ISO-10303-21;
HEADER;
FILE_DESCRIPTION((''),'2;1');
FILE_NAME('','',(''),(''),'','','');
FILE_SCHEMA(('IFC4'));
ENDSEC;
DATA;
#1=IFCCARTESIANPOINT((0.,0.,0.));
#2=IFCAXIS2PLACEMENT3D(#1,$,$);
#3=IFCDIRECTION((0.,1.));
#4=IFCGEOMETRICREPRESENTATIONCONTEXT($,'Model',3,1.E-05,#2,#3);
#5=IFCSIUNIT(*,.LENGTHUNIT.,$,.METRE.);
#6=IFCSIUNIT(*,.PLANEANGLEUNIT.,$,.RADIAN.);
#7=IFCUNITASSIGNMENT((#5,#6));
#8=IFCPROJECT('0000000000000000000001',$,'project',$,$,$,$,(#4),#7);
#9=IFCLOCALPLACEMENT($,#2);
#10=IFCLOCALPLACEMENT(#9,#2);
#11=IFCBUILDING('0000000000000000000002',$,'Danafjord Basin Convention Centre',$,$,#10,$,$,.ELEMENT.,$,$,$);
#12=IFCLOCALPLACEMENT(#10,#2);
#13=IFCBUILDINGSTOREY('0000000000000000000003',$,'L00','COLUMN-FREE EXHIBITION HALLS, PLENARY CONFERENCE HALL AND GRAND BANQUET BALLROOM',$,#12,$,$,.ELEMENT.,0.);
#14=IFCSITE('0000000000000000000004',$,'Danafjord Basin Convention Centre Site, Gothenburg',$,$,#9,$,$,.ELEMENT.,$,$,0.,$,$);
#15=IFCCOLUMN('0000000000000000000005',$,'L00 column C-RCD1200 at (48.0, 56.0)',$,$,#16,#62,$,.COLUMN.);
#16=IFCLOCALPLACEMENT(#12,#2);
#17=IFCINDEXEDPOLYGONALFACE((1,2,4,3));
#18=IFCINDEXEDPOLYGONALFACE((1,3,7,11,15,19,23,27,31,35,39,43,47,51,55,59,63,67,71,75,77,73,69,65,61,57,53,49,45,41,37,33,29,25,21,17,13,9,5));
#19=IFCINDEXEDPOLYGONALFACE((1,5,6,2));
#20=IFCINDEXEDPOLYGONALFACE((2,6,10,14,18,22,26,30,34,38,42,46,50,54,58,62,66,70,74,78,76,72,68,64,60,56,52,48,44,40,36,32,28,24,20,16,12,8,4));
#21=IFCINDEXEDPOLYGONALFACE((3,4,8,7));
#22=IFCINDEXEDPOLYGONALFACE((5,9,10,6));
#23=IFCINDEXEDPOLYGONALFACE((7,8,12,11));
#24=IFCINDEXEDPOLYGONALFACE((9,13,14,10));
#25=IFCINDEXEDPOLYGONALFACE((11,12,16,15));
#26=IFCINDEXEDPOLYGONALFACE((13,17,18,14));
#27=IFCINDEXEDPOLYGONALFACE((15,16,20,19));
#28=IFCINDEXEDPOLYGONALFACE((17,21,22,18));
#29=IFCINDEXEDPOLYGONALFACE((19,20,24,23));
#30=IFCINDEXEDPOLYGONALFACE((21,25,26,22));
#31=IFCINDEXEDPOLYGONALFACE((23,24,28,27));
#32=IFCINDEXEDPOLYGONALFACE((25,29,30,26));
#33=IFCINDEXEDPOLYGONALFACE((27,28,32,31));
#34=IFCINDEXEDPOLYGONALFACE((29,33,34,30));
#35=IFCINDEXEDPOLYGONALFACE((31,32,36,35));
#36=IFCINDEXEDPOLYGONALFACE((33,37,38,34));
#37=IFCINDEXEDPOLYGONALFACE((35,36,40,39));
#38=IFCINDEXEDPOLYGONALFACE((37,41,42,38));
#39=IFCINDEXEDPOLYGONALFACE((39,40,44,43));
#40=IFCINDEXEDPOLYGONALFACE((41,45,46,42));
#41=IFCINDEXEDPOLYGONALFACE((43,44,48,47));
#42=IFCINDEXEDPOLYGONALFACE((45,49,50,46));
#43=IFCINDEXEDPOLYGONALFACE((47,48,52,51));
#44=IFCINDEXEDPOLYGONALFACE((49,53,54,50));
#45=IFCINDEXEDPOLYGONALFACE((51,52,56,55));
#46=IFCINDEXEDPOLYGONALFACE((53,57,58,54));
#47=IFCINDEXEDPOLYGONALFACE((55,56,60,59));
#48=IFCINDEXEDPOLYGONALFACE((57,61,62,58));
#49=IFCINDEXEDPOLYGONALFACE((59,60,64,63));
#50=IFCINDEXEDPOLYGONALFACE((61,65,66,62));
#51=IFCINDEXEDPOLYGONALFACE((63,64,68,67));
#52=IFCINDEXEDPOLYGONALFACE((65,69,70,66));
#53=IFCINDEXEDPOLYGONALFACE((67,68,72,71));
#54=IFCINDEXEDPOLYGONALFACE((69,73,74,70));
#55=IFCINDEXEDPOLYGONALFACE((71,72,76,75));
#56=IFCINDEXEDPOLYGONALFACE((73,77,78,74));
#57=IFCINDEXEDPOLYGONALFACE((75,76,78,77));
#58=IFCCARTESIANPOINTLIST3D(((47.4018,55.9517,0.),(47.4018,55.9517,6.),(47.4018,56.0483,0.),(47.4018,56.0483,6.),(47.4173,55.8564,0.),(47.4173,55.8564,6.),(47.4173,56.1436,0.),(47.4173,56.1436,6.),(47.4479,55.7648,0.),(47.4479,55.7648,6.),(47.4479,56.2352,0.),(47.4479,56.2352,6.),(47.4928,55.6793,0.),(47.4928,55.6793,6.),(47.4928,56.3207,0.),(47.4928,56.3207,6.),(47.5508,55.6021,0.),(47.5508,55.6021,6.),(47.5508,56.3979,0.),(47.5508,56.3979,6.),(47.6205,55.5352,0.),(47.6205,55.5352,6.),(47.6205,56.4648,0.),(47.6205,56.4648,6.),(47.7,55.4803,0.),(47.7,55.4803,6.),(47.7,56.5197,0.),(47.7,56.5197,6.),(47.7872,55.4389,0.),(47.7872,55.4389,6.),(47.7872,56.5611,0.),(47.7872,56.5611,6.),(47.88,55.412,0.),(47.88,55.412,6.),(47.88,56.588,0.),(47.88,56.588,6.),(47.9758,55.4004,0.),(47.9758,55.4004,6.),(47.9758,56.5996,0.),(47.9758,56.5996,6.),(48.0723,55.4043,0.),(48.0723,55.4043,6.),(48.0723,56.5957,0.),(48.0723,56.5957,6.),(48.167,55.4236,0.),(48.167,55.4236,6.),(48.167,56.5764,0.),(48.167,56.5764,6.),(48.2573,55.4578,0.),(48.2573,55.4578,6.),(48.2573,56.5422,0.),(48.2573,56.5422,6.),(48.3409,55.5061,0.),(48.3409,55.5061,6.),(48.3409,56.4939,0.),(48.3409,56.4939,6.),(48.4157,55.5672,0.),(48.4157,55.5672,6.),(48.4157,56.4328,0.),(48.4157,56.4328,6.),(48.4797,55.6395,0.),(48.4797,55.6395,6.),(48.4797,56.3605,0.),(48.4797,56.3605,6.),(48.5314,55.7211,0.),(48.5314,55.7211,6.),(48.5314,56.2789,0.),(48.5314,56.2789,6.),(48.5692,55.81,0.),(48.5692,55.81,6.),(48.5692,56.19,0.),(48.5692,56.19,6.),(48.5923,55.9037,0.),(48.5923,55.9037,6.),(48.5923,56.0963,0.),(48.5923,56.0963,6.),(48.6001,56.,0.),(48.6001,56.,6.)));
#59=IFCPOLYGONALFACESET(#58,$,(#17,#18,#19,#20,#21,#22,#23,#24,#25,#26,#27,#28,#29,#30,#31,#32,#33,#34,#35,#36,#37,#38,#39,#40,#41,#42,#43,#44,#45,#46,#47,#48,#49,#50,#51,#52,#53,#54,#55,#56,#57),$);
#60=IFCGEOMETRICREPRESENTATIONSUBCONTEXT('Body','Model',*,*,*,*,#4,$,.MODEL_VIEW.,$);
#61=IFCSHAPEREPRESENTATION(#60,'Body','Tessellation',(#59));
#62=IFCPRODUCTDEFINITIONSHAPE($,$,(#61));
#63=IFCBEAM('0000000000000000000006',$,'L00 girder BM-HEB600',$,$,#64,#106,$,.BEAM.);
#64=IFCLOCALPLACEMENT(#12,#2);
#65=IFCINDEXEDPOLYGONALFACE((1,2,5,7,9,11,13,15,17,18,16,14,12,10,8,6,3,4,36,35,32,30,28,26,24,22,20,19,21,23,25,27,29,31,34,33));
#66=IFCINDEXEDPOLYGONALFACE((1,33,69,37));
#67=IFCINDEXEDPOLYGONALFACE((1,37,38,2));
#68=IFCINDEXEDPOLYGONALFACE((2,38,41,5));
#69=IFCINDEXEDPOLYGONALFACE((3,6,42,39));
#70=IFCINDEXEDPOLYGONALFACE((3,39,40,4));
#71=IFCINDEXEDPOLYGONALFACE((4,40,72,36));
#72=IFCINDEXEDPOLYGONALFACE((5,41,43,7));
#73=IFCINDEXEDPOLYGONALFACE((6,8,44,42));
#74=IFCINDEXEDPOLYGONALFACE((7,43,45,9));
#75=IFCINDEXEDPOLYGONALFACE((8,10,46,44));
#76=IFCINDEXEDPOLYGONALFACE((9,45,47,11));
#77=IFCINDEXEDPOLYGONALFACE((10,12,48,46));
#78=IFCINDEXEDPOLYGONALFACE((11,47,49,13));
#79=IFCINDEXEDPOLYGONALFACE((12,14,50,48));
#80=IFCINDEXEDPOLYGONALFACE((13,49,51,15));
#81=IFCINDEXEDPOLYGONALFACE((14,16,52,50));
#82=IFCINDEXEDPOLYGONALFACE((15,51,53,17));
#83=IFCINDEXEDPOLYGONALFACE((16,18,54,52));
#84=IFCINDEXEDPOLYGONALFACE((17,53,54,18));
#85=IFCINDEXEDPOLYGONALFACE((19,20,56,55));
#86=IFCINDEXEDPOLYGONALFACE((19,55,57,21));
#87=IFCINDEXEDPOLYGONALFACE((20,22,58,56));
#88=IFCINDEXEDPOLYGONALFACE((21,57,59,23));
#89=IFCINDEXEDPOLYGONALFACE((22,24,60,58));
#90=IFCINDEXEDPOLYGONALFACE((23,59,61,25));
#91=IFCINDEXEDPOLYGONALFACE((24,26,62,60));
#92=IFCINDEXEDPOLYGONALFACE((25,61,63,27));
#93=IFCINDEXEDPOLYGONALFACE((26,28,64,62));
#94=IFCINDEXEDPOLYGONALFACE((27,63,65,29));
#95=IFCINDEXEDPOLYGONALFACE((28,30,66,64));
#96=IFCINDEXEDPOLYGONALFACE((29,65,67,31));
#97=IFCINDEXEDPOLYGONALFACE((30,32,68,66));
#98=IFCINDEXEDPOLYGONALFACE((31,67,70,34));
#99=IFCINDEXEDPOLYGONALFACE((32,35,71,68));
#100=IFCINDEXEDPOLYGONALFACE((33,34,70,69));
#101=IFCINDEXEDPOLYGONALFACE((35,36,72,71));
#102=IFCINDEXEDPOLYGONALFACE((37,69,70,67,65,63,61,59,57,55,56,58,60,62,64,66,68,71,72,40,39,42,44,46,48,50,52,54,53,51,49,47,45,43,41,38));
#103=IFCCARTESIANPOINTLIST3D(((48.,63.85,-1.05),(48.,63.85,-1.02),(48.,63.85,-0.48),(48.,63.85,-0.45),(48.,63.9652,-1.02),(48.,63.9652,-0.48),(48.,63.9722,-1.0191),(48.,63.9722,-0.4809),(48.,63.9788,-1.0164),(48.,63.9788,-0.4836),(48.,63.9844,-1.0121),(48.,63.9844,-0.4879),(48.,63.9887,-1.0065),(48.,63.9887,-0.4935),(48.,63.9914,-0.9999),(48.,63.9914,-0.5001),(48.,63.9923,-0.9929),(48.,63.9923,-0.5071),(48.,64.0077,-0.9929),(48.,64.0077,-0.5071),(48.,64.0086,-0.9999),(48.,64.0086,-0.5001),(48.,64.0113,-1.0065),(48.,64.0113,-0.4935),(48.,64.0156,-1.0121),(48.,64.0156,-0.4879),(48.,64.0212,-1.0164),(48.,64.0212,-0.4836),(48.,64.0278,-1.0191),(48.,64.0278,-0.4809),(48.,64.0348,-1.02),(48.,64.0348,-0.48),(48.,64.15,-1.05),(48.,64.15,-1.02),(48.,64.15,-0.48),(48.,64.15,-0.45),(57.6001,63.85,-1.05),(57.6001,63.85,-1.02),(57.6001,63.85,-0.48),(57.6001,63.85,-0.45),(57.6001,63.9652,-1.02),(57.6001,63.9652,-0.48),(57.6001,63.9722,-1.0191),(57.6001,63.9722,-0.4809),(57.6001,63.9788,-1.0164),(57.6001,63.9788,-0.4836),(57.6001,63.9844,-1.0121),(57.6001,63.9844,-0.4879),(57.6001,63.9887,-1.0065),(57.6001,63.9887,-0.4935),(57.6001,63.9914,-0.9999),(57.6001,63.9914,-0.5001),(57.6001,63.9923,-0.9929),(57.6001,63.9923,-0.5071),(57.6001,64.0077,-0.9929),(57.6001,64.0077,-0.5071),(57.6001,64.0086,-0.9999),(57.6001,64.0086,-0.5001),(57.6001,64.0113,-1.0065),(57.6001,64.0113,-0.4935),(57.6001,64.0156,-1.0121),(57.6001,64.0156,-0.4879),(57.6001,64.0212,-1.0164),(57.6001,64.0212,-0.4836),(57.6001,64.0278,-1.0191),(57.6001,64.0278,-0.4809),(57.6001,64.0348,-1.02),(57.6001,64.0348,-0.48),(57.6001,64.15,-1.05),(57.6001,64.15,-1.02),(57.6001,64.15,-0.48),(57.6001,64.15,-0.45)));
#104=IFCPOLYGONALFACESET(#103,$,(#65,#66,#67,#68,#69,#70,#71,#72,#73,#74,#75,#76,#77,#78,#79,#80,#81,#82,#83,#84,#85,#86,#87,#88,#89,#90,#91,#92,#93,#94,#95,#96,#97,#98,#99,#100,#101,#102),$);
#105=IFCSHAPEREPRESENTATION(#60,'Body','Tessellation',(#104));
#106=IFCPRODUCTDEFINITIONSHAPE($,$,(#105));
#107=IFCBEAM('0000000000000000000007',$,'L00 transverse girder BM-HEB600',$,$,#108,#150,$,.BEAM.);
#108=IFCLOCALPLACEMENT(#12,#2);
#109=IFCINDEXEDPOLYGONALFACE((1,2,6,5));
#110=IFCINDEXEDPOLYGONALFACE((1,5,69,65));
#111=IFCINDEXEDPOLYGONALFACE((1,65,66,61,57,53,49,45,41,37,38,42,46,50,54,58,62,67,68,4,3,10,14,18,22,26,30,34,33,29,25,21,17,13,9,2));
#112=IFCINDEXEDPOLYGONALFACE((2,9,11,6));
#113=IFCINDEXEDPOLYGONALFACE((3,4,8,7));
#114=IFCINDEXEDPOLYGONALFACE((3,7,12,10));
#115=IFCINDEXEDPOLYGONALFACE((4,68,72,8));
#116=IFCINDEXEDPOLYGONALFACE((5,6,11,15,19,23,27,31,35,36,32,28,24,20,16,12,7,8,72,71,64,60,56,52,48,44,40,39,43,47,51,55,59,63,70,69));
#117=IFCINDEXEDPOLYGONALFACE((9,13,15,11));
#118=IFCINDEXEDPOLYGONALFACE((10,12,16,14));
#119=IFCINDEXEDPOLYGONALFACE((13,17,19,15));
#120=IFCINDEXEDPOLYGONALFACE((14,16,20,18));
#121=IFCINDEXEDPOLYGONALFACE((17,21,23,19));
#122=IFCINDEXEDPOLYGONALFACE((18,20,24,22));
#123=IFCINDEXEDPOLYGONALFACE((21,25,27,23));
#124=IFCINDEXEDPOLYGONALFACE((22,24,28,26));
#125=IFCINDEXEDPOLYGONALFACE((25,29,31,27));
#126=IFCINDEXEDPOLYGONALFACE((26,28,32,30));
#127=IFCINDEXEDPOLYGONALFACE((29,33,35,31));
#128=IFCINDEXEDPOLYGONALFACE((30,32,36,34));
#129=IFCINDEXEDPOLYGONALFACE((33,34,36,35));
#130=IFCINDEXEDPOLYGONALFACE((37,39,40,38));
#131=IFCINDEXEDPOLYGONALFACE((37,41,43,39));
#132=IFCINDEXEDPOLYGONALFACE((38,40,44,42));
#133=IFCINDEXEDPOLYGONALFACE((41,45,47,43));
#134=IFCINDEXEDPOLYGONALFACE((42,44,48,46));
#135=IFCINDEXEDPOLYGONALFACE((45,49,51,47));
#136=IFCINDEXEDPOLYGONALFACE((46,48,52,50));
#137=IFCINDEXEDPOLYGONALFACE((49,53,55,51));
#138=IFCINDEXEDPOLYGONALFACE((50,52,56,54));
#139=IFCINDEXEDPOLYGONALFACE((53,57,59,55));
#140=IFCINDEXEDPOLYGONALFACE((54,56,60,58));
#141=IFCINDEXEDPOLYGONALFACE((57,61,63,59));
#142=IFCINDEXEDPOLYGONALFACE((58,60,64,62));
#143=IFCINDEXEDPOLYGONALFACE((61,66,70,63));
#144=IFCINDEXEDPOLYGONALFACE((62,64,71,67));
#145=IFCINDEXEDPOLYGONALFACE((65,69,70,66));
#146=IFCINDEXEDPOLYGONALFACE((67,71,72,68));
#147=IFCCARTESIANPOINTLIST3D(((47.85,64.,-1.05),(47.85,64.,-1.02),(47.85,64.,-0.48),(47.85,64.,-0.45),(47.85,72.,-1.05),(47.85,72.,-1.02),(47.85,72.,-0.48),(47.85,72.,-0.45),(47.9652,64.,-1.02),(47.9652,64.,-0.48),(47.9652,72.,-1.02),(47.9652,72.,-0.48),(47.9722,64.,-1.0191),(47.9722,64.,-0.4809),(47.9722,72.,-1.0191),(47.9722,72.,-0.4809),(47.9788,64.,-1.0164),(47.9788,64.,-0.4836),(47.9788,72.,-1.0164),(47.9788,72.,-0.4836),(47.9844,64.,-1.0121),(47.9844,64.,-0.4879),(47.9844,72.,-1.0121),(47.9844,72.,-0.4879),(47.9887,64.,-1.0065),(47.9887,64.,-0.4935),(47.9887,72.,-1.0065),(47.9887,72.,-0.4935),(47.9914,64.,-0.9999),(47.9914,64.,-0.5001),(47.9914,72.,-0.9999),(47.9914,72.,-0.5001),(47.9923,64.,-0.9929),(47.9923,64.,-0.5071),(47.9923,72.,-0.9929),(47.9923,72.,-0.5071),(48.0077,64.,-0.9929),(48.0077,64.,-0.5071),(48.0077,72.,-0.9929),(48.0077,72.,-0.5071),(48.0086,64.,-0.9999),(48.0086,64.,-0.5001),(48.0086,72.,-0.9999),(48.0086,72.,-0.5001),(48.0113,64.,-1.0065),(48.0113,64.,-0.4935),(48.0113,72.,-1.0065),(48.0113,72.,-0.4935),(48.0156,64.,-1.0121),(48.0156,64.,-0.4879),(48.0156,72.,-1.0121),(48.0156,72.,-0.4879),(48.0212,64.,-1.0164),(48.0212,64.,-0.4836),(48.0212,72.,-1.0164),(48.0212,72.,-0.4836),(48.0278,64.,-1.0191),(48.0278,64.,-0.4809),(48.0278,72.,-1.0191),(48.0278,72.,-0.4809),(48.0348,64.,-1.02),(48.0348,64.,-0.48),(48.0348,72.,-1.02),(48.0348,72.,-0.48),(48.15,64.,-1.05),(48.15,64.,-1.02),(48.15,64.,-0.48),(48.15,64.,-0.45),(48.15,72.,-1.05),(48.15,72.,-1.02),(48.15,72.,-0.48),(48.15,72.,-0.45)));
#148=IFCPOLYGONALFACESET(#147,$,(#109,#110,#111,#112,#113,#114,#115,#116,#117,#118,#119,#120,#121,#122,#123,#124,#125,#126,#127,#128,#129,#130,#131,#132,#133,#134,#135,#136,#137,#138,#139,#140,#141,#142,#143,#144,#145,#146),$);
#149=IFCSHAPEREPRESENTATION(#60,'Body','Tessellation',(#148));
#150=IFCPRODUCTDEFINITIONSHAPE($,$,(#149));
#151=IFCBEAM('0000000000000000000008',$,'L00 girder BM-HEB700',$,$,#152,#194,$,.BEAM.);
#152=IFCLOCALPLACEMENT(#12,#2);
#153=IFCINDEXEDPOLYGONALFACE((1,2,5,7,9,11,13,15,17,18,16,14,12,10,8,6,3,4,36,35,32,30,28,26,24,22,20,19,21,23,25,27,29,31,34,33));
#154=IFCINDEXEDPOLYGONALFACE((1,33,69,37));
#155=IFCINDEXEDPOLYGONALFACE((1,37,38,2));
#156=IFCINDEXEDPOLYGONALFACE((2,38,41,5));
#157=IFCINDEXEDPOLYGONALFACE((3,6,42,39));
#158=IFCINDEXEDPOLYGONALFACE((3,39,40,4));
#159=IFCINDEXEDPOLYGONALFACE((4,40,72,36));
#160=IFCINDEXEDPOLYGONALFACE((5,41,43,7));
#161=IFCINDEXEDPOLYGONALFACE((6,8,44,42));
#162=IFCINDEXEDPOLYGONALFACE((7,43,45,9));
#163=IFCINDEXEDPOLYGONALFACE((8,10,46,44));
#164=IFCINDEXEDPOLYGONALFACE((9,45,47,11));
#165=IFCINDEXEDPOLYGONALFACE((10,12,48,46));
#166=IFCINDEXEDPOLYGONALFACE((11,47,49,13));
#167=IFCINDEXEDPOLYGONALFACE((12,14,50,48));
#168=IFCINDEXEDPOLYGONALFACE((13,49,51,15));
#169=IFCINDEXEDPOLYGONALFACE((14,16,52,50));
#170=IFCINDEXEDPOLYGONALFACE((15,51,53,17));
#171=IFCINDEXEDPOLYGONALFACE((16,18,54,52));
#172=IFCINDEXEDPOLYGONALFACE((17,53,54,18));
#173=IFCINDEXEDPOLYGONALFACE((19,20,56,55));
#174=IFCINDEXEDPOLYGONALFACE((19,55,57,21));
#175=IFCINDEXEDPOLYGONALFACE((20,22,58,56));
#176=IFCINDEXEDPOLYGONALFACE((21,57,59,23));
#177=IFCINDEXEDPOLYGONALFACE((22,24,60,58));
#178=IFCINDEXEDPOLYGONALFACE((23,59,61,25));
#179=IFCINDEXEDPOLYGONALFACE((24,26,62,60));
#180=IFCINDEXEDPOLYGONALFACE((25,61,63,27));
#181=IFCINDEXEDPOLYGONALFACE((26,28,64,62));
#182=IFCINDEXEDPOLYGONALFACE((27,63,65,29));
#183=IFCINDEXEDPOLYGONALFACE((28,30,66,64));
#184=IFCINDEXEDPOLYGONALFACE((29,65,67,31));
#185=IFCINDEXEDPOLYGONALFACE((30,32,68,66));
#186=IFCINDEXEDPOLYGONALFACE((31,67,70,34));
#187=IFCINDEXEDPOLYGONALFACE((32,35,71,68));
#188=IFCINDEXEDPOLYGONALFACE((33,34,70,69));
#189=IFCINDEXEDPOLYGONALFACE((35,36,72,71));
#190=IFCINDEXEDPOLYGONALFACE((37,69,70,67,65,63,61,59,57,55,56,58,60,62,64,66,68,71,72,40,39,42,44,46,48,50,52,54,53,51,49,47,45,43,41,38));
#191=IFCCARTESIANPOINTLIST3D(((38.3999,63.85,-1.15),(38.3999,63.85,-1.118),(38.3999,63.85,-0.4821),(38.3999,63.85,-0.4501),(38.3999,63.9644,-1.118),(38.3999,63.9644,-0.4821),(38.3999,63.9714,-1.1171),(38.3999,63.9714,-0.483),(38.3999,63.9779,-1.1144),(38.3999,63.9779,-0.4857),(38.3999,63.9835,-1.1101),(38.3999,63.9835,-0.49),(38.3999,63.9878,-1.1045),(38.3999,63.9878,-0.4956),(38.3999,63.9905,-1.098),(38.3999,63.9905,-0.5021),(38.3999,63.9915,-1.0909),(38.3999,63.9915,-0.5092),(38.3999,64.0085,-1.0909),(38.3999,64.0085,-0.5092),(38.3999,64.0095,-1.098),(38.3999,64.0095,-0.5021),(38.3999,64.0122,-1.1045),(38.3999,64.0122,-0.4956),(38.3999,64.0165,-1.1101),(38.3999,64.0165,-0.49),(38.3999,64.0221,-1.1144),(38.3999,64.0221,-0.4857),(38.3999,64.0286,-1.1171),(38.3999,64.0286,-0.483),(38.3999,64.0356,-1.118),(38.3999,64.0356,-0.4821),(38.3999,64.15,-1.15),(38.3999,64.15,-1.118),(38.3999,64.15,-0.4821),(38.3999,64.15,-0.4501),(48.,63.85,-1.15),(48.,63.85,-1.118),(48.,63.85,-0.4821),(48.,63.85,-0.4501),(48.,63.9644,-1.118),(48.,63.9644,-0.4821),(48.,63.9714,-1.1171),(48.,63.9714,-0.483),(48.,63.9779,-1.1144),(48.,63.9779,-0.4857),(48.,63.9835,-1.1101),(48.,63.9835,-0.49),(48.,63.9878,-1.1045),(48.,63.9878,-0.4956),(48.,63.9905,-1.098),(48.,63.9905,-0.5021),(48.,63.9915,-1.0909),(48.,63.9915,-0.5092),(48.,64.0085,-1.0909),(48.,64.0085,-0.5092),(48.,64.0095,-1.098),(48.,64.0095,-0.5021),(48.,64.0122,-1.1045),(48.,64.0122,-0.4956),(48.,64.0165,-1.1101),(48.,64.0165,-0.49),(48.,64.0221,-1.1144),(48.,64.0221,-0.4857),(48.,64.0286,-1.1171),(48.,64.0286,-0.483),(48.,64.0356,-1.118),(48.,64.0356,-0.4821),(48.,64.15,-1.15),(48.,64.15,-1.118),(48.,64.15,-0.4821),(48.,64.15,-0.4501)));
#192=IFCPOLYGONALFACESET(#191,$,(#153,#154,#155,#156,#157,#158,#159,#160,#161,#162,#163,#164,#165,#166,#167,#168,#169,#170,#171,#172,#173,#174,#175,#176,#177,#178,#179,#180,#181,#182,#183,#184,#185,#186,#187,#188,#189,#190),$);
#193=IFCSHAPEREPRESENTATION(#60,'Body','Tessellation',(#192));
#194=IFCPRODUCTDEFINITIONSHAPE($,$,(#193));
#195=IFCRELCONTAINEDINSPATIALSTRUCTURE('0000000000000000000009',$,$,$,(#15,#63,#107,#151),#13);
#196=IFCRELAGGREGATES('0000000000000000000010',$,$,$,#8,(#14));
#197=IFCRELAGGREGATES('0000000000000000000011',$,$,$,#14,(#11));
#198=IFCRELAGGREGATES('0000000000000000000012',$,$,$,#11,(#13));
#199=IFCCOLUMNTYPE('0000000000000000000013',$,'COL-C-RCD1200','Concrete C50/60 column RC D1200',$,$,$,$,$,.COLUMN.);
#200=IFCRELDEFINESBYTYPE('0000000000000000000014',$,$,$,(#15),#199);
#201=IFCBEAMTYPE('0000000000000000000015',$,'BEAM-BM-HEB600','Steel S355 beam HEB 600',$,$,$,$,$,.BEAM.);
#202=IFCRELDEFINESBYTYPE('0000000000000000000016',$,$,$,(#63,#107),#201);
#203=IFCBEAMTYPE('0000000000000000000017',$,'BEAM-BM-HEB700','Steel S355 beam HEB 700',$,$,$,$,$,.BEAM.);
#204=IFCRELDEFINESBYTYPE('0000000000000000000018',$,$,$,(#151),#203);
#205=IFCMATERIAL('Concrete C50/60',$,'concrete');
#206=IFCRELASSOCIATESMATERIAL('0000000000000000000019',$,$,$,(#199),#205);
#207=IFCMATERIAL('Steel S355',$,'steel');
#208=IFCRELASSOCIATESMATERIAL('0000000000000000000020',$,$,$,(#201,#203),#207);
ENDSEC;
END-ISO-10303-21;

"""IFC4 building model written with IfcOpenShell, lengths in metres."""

from ifc_helpers import new_model, si_unit, direction, frame, origin, origin_2d, place, context, subcontext, project, spatial, circle, i_section, extrude, material, material_profile, profile_set, type_object, element, save


model = new_model("IFC4")

# Units and contexts
model_context = context("Model", 3, precision=1e-05, world=origin(), true_north=direction((0.0, 1.0)))
body_context = subcontext(model_context, "Body", "Model", "MODEL_VIEW")
ifc_project = project(units=[si_unit("LENGTHUNIT", "METRE"), si_unit("PLANEANGLEUNIT", "RADIAN")], contexts=[model_context])

# Site, building, storey
site_placement = place(None, origin())
site = spatial("IfcSite", under=ifc_project, at=site_placement, Name="Danafjord Basin Convention Centre Site, Gothenburg", CompositionType="ELEMENT", RefElevation=0.0)
building_placement = place(site_placement, origin())
building = spatial("IfcBuilding", under=site, at=building_placement, Name="Danafjord Basin Convention Centre", CompositionType="ELEMENT")
storey_placement = place(building_placement, origin())
storey = spatial("IfcBuildingStorey", under=building, at=storey_placement, Name="L00", Description="COLUMN-FREE EXHIBITION HALLS, PLENARY CONFERENCE HALL AND GRAND BANQUET BALLROOM", CompositionType="ELEMENT", Elevation=0.0)

# Column
ifc_material_1 = material(Name="Concrete C50/60", Category="concrete")
ifc_material_profile_1 = material_profile(ifc_material_1, circle(Radius=0.6001, at=origin_2d()), Name="RC D1200")
ifc_profile_set_1 = profile_set([ifc_material_profile_1], Name="Concrete C50/60")
column_type = type_object("IfcColumnType", Name="COL-C-RCD1200", Description="Concrete C50/60 column RC D1200", PredefinedType="COLUMN", material=ifc_profile_set_1)
column_placement = place(storey_placement, frame((48.0, 56.0, 0.0), z_axis=(0.0, 0.0, 1.0), x_axis=(1.0, 0.0, 0.0)))
element("IfcColumn", 1, at=column_placement, inside=storey, type_object=column_type, Name="L00 column C-RCD1200 at (48.0, 56.0)", PredefinedType="COLUMN", context=body_context, shape_type="SweptSolid", body=[
    extrude(circle(Radius=0.6001, at=origin_2d()), origin(), (0.0, 0.0, 1.0), 6.0),
])

# Beams
ifc_material_2 = material(Name="Steel S355", Category="steel")
ifc_material_profile_2 = material_profile(ifc_material_2, i_section(OverallWidth=0.3, OverallDepth=0.6001, WebThickness=0.0154, FlangeThickness=0.03, FilletRadius=0.0271, at=origin_2d()), Name="HEB 600")
ifc_profile_set_2 = profile_set([ifc_material_profile_2], Name="Steel S355")
beam_type_1 = type_object("IfcBeamType", Name="BEAM-BM-HEB600", Description="Steel S355 beam HEB 600", PredefinedType="BEAM", material=ifc_profile_set_2)
beam_1_placement = place(storey_placement, frame((48.0, 64.0, -0.75), z_axis=(1.0, 0.0, 0.0), x_axis=(0.0, 1.0, 0.0)))
element("IfcBeam", 2, at=beam_1_placement, inside=storey, type_object=beam_type_1, Name="L00 girder BM-HEB600", PredefinedType="BEAM", context=body_context, shape_type="SweptSolid", body=[
    extrude(i_section(OverallWidth=0.3, OverallDepth=0.6001, WebThickness=0.0154, FlangeThickness=0.03, FilletRadius=0.0271, at=origin_2d()), origin(), (0.0, 0.0, 1.0), 9.6001),
])
beam_2_placement = place(storey_placement, frame((48.0, 64.0, -0.75), z_axis=(0.0, 1.0, 0.0), x_axis=(-1.0, 0.0, 0.0)))
element("IfcBeam", 3, at=beam_2_placement, inside=storey, type_object=beam_type_1, Name="L00 transverse girder BM-HEB600", PredefinedType="BEAM", context=body_context, shape_type="SweptSolid", body=[
    extrude(i_section(OverallWidth=0.3, OverallDepth=0.6001, WebThickness=0.0154, FlangeThickness=0.03, FilletRadius=0.0271, at=origin_2d()), origin(), (0.0, 0.0, 1.0), 8.0),
])
ifc_material_profile_3 = material_profile(ifc_material_2, i_section(OverallWidth=0.3, OverallDepth=0.7, WebThickness=0.0171, FlangeThickness=0.032, FilletRadius=0.0271, at=origin_2d()), Name="HEB 700")
ifc_profile_set_3 = profile_set([ifc_material_profile_3], Name="Steel S355")
beam_type_2 = type_object("IfcBeamType", Name="BEAM-BM-HEB700", Description="Steel S355 beam HEB 700", PredefinedType="BEAM", material=ifc_profile_set_3)
for number, where, z_axis, x_axis, name in (
    (4, (38.3999, 64.0, -0.8), (1.0, 0.0, 0.0), (0.0, 1.0, 0.0), "L00 girder BM-HEB700"),
):
    element("IfcBeam", number, at=place(storey_placement, frame(where, z_axis=z_axis, x_axis=x_axis)), inside=storey, type_object=beam_type_2, Name=name, PredefinedType="BEAM", context=body_context, shape_type="SweptSolid", body=[
        extrude(i_section(OverallWidth=0.3, OverallDepth=0.7, WebThickness=0.0171, FlangeThickness=0.032, FilletRadius=0.0271, at=origin_2d()), origin(), (0.0, 0.0, 1.0), 9.6001),
    ])

save(model, "model.ifc")
